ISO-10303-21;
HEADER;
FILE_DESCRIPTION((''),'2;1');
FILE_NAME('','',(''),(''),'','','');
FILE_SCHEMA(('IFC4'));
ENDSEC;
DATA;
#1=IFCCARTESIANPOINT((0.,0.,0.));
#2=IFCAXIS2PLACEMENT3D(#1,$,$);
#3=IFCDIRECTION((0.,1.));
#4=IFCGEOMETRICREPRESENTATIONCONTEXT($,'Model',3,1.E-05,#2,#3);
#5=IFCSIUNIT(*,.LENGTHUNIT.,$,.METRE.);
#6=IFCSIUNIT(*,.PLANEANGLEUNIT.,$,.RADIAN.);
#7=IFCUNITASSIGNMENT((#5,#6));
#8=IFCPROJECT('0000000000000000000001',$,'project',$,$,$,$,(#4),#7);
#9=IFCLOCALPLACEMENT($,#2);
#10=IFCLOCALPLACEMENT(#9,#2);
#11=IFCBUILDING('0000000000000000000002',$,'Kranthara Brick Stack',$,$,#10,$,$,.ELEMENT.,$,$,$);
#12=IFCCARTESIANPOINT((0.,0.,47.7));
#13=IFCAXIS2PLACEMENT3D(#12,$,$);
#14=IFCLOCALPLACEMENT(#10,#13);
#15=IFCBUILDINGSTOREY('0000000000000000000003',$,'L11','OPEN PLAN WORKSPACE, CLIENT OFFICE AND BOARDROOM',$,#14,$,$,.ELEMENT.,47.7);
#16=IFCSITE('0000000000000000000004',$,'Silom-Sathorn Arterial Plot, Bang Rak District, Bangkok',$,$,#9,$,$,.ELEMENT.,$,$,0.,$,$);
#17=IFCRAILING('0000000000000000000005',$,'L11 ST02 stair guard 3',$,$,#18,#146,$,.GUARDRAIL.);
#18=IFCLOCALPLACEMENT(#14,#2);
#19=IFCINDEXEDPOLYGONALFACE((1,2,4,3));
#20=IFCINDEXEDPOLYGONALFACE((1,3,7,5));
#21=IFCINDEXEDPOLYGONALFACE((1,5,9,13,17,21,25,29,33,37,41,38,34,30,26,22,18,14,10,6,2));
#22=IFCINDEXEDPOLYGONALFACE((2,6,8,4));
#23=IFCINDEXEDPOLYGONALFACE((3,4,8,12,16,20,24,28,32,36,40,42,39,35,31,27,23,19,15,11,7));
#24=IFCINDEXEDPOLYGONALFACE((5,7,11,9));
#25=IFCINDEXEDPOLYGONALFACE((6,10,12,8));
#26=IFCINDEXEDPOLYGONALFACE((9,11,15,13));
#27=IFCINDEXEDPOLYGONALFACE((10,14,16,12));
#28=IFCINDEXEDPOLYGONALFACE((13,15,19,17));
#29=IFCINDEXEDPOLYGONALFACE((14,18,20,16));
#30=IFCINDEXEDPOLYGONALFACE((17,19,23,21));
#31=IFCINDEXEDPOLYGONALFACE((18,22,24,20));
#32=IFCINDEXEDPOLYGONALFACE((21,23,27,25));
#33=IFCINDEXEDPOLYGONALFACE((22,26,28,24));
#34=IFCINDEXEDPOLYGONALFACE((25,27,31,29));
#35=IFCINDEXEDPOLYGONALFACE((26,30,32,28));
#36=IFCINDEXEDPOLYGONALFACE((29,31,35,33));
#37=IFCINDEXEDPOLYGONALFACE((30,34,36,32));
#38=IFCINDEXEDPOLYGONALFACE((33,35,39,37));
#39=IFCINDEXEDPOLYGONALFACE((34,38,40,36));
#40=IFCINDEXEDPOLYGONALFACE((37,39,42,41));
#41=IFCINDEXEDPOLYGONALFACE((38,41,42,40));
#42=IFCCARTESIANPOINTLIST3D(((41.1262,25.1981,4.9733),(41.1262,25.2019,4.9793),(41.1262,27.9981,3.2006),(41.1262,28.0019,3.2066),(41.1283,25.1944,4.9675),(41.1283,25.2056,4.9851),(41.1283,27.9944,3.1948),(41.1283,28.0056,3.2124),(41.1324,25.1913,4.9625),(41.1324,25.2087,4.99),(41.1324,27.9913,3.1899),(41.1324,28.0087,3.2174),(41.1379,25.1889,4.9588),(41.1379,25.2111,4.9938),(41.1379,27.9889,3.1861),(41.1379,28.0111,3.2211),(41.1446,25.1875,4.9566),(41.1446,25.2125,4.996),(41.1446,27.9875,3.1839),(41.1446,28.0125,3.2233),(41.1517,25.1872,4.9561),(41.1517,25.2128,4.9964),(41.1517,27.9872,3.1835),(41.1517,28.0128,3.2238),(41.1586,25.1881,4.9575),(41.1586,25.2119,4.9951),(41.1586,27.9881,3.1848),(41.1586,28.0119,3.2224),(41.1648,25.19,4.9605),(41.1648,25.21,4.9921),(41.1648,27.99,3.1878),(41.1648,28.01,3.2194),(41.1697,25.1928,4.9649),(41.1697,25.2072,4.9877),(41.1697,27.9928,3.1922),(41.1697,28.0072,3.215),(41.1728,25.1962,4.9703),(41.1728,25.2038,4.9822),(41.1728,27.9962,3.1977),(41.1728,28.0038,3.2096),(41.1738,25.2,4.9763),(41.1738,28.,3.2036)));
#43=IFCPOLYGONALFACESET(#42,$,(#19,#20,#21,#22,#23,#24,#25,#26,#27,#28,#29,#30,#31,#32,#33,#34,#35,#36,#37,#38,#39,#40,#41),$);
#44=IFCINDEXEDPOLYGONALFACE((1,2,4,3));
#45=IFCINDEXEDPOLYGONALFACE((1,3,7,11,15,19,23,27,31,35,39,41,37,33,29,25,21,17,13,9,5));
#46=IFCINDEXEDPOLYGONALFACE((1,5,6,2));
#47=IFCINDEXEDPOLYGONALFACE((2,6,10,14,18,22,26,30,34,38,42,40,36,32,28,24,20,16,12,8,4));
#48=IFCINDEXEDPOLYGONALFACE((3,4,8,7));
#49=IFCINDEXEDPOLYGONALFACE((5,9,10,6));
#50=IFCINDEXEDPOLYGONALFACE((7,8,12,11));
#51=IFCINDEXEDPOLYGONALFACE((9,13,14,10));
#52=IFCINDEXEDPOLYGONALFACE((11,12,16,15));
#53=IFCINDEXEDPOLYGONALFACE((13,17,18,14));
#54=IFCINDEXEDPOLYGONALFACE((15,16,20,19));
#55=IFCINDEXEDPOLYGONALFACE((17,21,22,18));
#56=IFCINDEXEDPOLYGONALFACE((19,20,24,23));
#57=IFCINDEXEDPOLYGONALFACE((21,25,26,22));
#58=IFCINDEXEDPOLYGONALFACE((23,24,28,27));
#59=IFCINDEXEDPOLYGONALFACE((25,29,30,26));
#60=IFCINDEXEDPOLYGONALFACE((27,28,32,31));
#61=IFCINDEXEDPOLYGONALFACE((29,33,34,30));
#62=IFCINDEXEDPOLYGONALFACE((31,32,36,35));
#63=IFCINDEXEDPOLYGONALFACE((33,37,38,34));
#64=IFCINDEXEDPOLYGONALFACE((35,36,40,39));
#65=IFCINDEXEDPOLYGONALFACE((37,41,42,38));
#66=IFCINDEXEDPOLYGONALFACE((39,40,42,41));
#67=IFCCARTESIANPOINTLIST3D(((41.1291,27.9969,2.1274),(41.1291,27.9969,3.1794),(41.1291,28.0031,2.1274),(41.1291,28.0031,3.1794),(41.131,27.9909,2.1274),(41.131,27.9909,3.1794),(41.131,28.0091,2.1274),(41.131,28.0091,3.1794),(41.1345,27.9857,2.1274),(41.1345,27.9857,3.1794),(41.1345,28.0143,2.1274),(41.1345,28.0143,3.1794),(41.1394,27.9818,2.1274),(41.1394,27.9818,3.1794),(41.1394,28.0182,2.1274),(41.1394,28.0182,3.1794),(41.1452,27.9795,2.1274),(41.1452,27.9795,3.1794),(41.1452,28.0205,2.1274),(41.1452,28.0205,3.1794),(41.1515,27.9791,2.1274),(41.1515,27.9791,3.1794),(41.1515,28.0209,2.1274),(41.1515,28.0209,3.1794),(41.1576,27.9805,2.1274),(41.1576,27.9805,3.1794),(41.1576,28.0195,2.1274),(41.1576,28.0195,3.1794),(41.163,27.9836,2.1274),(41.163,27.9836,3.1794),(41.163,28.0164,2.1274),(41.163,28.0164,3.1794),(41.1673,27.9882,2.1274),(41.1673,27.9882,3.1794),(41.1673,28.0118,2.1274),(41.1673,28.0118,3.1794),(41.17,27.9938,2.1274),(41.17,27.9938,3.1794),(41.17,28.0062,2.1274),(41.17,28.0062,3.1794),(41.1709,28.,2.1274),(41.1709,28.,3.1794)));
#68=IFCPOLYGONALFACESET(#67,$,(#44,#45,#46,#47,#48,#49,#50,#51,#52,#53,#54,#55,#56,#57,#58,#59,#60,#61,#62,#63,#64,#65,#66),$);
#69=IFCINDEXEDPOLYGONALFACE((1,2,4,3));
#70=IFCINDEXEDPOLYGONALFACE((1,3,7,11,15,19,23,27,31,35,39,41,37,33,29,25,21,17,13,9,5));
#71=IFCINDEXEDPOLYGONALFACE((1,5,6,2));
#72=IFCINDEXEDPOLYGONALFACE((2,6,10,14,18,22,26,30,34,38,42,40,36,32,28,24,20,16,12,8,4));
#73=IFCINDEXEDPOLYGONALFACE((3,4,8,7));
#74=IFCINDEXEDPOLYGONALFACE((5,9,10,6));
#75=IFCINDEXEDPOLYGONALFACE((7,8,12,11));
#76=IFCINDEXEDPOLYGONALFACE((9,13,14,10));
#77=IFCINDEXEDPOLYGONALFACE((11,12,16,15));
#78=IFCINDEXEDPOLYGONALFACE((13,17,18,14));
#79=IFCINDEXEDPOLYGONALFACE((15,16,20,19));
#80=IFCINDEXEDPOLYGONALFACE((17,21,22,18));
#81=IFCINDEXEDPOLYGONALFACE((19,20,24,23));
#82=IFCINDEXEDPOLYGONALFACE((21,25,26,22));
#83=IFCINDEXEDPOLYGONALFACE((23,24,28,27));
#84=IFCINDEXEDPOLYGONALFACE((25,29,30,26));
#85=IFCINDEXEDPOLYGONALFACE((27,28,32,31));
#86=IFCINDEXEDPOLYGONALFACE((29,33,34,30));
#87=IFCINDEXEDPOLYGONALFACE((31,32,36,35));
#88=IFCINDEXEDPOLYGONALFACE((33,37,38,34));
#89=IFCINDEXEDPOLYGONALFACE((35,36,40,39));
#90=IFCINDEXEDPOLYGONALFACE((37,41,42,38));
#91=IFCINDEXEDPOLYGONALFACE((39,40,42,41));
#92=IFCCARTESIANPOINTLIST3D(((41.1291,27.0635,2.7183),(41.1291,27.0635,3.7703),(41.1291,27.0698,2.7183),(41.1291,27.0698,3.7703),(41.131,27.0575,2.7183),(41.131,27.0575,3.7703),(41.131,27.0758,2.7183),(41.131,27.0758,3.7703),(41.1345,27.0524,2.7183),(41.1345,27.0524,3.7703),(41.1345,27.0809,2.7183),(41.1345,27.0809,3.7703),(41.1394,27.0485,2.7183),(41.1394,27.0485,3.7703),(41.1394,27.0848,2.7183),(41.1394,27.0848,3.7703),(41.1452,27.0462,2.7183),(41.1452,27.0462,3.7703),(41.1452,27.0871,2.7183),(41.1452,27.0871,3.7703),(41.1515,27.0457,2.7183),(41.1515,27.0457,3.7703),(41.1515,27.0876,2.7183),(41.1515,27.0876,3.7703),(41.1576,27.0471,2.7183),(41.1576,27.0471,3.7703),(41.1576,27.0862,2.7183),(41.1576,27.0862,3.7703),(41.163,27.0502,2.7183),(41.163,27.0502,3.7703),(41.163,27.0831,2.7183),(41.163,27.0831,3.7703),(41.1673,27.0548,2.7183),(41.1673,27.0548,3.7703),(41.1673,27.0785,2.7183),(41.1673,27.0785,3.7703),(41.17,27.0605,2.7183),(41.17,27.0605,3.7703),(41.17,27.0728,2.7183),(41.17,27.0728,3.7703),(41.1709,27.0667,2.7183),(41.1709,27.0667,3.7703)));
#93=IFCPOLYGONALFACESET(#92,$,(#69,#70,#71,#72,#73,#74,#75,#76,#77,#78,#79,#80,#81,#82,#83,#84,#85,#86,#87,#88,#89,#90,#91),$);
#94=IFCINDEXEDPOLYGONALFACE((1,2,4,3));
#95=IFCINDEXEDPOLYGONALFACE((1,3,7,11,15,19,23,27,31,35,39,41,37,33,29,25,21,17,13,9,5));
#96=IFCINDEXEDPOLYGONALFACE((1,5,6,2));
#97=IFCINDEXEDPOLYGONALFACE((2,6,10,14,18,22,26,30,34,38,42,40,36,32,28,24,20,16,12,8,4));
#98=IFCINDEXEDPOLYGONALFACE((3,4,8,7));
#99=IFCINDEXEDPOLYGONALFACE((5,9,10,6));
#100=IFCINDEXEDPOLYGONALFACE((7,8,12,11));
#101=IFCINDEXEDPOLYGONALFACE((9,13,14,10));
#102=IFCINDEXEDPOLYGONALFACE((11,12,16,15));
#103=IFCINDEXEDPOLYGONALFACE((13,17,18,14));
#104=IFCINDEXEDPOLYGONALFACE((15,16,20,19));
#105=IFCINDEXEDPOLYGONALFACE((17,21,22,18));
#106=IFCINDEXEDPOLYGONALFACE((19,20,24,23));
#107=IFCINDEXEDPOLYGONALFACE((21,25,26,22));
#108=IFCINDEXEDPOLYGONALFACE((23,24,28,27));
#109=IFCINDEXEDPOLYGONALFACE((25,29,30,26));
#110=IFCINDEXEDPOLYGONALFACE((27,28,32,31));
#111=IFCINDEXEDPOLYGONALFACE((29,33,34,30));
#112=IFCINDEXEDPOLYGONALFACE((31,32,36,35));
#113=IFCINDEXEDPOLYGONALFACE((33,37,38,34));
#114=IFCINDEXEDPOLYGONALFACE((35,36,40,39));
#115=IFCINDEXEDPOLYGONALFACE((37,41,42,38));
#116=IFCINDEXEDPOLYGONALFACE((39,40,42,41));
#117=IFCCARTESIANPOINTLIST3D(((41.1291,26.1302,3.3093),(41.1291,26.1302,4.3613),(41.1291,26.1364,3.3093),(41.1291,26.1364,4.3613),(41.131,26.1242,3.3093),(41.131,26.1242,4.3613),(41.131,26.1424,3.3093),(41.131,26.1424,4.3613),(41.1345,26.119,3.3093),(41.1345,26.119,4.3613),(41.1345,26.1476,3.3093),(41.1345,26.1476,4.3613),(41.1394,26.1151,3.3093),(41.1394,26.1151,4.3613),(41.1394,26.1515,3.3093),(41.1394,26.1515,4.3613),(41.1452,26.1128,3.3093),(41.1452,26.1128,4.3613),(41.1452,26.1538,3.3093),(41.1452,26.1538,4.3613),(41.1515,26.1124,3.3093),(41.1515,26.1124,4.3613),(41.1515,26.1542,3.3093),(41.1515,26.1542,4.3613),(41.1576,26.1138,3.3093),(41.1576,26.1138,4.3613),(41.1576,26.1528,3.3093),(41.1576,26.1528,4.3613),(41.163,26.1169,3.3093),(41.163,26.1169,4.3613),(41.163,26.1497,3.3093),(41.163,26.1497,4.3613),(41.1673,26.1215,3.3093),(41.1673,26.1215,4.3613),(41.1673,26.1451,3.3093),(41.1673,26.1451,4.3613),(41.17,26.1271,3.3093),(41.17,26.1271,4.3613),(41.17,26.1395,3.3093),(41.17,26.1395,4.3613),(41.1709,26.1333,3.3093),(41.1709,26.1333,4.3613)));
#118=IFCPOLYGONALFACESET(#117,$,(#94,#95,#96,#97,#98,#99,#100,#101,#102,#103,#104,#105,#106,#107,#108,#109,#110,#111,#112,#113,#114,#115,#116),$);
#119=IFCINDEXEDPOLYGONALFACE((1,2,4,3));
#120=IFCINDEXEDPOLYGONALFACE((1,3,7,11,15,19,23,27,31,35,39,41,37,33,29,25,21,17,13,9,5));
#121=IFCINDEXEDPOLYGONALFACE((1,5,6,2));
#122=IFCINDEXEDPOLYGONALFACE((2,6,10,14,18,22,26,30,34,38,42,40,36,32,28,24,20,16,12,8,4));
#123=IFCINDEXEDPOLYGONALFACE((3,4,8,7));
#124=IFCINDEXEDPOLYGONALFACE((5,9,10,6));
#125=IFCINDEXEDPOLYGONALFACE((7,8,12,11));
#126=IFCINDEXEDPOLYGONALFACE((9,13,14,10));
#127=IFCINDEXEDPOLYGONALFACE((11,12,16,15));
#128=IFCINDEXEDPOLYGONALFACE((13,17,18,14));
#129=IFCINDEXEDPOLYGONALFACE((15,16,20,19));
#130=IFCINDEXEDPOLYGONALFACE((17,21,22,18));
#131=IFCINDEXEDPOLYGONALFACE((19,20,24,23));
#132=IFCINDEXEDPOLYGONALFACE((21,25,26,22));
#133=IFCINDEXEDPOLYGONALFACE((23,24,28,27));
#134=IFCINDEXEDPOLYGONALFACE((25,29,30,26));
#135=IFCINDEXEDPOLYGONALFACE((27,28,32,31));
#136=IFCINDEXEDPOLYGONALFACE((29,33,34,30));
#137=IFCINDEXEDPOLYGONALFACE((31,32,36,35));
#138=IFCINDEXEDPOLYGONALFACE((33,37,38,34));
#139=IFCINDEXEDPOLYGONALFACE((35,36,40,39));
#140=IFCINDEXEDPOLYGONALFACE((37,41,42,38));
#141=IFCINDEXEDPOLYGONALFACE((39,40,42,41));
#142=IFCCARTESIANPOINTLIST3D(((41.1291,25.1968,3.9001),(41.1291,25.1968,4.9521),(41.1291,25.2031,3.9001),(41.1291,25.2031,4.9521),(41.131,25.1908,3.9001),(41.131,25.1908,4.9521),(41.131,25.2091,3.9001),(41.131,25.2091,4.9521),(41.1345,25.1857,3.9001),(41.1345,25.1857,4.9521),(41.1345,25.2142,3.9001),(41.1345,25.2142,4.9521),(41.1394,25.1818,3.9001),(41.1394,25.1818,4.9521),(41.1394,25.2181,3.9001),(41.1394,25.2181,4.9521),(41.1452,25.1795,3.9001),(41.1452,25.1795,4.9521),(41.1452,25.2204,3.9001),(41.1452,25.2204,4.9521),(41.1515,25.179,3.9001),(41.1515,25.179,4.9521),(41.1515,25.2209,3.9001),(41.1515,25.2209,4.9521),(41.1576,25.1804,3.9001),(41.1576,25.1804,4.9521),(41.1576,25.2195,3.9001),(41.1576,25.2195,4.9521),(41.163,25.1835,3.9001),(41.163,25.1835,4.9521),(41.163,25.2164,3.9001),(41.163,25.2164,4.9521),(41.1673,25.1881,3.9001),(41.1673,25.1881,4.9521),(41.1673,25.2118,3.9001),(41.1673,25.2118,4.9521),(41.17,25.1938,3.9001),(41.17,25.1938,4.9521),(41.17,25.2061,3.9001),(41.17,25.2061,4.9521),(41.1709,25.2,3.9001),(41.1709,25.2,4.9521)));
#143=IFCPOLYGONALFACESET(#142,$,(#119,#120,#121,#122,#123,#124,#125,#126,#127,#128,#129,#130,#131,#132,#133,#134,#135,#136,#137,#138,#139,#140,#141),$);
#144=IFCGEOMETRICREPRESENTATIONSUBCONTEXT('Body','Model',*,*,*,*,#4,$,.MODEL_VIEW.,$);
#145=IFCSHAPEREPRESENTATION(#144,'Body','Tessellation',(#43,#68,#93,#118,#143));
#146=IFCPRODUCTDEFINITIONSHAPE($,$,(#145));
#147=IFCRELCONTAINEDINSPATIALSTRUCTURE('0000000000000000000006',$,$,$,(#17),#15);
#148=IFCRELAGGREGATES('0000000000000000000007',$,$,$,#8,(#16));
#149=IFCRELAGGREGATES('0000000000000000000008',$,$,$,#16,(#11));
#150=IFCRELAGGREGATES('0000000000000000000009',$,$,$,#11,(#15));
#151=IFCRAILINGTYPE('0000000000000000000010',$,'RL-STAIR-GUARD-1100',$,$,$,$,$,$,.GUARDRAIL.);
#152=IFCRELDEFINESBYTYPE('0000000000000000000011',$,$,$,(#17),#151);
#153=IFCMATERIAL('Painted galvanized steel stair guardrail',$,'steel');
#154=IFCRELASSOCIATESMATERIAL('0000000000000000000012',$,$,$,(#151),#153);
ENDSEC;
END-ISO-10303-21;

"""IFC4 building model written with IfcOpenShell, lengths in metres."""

from ifc_helpers import new_model, si_unit, direction, frame, origin, origin_2d, place, context, subcontext, project, spatial, circle, extrude, material, type_object, element, save


model = new_model("IFC4")

# Units and contexts
model_context = context("Model", 3, precision=1e-05, world=origin(), true_north=direction((0.0, 1.0)))
body_context = subcontext(model_context, "Body", "Model", "MODEL_VIEW")
ifc_project = project(units=[si_unit("LENGTHUNIT", "METRE"), si_unit("PLANEANGLEUNIT", "RADIAN")], contexts=[model_context])

# Site, building, storey
site_placement = place(None, origin())
site = spatial("IfcSite", under=ifc_project, at=site_placement, Name="Silom-Sathorn Arterial Plot, Bang Rak District, Bangkok", CompositionType="ELEMENT", RefElevation=0.0)
building_placement = place(site_placement, origin())
building = spatial("IfcBuilding", under=site, at=building_placement, Name="Kranthara Brick Stack", CompositionType="ELEMENT")
storey_placement = place(building_placement, frame((0.0, 0.0, 47.7)))
storey = spatial("IfcBuildingStorey", under=building, at=storey_placement, Name="L11", Description="OPEN PLAN WORKSPACE, CLIENT OFFICE AND BOARDROOM", CompositionType="ELEMENT", Elevation=47.7)

# Railing
ifc_material_1 = material(Name="Painted galvanized steel stair guardrail", Category="steel")
railing_type_1 = type_object("IfcRailingType", Name="RL-STAIR-GUARD-1100", PredefinedType="GUARDRAIL", material=ifc_material_1)
railing_1_placement = place(storey_placement, frame((41.1499, 28.0, 2.1274)))
element("IfcRailing", 1, at=railing_1_placement, inside=storey, type_object=railing_type_1, Name="L11 ST02 stair guard 3", PredefinedType="GUARDRAIL", context=body_context, shape_type="SweptSolid", body=[
    extrude(circle(Radius=0.0239, at=origin_2d()), frame((0.0, 0.0, 1.0762), z_axis=(0.0, -0.844909, 0.53491), x_axis=(1.0, 0.0, 0.0)), (0.0, 0.0, 1.0), 3.314),
    extrude(circle(Radius=0.021, at=origin_2d()), origin(), (0.0, 0.0, 1.0), 1.052),
    extrude(circle(Radius=0.021, at=origin_2d()), frame((0.0, -0.9333, 0.5908)), (0.0, 0.0, 1.0), 1.052),
    extrude(circle(Radius=0.021, at=origin_2d()), frame((0.0, -1.8667, 1.1819)), (0.0, 0.0, 1.0), 1.052),
    extrude(circle(Radius=0.021, at=origin_2d()), frame((0.0, -2.8, 1.7727)), (0.0, 0.0, 1.0), 1.052),
])

save(model, "model.ifc")
